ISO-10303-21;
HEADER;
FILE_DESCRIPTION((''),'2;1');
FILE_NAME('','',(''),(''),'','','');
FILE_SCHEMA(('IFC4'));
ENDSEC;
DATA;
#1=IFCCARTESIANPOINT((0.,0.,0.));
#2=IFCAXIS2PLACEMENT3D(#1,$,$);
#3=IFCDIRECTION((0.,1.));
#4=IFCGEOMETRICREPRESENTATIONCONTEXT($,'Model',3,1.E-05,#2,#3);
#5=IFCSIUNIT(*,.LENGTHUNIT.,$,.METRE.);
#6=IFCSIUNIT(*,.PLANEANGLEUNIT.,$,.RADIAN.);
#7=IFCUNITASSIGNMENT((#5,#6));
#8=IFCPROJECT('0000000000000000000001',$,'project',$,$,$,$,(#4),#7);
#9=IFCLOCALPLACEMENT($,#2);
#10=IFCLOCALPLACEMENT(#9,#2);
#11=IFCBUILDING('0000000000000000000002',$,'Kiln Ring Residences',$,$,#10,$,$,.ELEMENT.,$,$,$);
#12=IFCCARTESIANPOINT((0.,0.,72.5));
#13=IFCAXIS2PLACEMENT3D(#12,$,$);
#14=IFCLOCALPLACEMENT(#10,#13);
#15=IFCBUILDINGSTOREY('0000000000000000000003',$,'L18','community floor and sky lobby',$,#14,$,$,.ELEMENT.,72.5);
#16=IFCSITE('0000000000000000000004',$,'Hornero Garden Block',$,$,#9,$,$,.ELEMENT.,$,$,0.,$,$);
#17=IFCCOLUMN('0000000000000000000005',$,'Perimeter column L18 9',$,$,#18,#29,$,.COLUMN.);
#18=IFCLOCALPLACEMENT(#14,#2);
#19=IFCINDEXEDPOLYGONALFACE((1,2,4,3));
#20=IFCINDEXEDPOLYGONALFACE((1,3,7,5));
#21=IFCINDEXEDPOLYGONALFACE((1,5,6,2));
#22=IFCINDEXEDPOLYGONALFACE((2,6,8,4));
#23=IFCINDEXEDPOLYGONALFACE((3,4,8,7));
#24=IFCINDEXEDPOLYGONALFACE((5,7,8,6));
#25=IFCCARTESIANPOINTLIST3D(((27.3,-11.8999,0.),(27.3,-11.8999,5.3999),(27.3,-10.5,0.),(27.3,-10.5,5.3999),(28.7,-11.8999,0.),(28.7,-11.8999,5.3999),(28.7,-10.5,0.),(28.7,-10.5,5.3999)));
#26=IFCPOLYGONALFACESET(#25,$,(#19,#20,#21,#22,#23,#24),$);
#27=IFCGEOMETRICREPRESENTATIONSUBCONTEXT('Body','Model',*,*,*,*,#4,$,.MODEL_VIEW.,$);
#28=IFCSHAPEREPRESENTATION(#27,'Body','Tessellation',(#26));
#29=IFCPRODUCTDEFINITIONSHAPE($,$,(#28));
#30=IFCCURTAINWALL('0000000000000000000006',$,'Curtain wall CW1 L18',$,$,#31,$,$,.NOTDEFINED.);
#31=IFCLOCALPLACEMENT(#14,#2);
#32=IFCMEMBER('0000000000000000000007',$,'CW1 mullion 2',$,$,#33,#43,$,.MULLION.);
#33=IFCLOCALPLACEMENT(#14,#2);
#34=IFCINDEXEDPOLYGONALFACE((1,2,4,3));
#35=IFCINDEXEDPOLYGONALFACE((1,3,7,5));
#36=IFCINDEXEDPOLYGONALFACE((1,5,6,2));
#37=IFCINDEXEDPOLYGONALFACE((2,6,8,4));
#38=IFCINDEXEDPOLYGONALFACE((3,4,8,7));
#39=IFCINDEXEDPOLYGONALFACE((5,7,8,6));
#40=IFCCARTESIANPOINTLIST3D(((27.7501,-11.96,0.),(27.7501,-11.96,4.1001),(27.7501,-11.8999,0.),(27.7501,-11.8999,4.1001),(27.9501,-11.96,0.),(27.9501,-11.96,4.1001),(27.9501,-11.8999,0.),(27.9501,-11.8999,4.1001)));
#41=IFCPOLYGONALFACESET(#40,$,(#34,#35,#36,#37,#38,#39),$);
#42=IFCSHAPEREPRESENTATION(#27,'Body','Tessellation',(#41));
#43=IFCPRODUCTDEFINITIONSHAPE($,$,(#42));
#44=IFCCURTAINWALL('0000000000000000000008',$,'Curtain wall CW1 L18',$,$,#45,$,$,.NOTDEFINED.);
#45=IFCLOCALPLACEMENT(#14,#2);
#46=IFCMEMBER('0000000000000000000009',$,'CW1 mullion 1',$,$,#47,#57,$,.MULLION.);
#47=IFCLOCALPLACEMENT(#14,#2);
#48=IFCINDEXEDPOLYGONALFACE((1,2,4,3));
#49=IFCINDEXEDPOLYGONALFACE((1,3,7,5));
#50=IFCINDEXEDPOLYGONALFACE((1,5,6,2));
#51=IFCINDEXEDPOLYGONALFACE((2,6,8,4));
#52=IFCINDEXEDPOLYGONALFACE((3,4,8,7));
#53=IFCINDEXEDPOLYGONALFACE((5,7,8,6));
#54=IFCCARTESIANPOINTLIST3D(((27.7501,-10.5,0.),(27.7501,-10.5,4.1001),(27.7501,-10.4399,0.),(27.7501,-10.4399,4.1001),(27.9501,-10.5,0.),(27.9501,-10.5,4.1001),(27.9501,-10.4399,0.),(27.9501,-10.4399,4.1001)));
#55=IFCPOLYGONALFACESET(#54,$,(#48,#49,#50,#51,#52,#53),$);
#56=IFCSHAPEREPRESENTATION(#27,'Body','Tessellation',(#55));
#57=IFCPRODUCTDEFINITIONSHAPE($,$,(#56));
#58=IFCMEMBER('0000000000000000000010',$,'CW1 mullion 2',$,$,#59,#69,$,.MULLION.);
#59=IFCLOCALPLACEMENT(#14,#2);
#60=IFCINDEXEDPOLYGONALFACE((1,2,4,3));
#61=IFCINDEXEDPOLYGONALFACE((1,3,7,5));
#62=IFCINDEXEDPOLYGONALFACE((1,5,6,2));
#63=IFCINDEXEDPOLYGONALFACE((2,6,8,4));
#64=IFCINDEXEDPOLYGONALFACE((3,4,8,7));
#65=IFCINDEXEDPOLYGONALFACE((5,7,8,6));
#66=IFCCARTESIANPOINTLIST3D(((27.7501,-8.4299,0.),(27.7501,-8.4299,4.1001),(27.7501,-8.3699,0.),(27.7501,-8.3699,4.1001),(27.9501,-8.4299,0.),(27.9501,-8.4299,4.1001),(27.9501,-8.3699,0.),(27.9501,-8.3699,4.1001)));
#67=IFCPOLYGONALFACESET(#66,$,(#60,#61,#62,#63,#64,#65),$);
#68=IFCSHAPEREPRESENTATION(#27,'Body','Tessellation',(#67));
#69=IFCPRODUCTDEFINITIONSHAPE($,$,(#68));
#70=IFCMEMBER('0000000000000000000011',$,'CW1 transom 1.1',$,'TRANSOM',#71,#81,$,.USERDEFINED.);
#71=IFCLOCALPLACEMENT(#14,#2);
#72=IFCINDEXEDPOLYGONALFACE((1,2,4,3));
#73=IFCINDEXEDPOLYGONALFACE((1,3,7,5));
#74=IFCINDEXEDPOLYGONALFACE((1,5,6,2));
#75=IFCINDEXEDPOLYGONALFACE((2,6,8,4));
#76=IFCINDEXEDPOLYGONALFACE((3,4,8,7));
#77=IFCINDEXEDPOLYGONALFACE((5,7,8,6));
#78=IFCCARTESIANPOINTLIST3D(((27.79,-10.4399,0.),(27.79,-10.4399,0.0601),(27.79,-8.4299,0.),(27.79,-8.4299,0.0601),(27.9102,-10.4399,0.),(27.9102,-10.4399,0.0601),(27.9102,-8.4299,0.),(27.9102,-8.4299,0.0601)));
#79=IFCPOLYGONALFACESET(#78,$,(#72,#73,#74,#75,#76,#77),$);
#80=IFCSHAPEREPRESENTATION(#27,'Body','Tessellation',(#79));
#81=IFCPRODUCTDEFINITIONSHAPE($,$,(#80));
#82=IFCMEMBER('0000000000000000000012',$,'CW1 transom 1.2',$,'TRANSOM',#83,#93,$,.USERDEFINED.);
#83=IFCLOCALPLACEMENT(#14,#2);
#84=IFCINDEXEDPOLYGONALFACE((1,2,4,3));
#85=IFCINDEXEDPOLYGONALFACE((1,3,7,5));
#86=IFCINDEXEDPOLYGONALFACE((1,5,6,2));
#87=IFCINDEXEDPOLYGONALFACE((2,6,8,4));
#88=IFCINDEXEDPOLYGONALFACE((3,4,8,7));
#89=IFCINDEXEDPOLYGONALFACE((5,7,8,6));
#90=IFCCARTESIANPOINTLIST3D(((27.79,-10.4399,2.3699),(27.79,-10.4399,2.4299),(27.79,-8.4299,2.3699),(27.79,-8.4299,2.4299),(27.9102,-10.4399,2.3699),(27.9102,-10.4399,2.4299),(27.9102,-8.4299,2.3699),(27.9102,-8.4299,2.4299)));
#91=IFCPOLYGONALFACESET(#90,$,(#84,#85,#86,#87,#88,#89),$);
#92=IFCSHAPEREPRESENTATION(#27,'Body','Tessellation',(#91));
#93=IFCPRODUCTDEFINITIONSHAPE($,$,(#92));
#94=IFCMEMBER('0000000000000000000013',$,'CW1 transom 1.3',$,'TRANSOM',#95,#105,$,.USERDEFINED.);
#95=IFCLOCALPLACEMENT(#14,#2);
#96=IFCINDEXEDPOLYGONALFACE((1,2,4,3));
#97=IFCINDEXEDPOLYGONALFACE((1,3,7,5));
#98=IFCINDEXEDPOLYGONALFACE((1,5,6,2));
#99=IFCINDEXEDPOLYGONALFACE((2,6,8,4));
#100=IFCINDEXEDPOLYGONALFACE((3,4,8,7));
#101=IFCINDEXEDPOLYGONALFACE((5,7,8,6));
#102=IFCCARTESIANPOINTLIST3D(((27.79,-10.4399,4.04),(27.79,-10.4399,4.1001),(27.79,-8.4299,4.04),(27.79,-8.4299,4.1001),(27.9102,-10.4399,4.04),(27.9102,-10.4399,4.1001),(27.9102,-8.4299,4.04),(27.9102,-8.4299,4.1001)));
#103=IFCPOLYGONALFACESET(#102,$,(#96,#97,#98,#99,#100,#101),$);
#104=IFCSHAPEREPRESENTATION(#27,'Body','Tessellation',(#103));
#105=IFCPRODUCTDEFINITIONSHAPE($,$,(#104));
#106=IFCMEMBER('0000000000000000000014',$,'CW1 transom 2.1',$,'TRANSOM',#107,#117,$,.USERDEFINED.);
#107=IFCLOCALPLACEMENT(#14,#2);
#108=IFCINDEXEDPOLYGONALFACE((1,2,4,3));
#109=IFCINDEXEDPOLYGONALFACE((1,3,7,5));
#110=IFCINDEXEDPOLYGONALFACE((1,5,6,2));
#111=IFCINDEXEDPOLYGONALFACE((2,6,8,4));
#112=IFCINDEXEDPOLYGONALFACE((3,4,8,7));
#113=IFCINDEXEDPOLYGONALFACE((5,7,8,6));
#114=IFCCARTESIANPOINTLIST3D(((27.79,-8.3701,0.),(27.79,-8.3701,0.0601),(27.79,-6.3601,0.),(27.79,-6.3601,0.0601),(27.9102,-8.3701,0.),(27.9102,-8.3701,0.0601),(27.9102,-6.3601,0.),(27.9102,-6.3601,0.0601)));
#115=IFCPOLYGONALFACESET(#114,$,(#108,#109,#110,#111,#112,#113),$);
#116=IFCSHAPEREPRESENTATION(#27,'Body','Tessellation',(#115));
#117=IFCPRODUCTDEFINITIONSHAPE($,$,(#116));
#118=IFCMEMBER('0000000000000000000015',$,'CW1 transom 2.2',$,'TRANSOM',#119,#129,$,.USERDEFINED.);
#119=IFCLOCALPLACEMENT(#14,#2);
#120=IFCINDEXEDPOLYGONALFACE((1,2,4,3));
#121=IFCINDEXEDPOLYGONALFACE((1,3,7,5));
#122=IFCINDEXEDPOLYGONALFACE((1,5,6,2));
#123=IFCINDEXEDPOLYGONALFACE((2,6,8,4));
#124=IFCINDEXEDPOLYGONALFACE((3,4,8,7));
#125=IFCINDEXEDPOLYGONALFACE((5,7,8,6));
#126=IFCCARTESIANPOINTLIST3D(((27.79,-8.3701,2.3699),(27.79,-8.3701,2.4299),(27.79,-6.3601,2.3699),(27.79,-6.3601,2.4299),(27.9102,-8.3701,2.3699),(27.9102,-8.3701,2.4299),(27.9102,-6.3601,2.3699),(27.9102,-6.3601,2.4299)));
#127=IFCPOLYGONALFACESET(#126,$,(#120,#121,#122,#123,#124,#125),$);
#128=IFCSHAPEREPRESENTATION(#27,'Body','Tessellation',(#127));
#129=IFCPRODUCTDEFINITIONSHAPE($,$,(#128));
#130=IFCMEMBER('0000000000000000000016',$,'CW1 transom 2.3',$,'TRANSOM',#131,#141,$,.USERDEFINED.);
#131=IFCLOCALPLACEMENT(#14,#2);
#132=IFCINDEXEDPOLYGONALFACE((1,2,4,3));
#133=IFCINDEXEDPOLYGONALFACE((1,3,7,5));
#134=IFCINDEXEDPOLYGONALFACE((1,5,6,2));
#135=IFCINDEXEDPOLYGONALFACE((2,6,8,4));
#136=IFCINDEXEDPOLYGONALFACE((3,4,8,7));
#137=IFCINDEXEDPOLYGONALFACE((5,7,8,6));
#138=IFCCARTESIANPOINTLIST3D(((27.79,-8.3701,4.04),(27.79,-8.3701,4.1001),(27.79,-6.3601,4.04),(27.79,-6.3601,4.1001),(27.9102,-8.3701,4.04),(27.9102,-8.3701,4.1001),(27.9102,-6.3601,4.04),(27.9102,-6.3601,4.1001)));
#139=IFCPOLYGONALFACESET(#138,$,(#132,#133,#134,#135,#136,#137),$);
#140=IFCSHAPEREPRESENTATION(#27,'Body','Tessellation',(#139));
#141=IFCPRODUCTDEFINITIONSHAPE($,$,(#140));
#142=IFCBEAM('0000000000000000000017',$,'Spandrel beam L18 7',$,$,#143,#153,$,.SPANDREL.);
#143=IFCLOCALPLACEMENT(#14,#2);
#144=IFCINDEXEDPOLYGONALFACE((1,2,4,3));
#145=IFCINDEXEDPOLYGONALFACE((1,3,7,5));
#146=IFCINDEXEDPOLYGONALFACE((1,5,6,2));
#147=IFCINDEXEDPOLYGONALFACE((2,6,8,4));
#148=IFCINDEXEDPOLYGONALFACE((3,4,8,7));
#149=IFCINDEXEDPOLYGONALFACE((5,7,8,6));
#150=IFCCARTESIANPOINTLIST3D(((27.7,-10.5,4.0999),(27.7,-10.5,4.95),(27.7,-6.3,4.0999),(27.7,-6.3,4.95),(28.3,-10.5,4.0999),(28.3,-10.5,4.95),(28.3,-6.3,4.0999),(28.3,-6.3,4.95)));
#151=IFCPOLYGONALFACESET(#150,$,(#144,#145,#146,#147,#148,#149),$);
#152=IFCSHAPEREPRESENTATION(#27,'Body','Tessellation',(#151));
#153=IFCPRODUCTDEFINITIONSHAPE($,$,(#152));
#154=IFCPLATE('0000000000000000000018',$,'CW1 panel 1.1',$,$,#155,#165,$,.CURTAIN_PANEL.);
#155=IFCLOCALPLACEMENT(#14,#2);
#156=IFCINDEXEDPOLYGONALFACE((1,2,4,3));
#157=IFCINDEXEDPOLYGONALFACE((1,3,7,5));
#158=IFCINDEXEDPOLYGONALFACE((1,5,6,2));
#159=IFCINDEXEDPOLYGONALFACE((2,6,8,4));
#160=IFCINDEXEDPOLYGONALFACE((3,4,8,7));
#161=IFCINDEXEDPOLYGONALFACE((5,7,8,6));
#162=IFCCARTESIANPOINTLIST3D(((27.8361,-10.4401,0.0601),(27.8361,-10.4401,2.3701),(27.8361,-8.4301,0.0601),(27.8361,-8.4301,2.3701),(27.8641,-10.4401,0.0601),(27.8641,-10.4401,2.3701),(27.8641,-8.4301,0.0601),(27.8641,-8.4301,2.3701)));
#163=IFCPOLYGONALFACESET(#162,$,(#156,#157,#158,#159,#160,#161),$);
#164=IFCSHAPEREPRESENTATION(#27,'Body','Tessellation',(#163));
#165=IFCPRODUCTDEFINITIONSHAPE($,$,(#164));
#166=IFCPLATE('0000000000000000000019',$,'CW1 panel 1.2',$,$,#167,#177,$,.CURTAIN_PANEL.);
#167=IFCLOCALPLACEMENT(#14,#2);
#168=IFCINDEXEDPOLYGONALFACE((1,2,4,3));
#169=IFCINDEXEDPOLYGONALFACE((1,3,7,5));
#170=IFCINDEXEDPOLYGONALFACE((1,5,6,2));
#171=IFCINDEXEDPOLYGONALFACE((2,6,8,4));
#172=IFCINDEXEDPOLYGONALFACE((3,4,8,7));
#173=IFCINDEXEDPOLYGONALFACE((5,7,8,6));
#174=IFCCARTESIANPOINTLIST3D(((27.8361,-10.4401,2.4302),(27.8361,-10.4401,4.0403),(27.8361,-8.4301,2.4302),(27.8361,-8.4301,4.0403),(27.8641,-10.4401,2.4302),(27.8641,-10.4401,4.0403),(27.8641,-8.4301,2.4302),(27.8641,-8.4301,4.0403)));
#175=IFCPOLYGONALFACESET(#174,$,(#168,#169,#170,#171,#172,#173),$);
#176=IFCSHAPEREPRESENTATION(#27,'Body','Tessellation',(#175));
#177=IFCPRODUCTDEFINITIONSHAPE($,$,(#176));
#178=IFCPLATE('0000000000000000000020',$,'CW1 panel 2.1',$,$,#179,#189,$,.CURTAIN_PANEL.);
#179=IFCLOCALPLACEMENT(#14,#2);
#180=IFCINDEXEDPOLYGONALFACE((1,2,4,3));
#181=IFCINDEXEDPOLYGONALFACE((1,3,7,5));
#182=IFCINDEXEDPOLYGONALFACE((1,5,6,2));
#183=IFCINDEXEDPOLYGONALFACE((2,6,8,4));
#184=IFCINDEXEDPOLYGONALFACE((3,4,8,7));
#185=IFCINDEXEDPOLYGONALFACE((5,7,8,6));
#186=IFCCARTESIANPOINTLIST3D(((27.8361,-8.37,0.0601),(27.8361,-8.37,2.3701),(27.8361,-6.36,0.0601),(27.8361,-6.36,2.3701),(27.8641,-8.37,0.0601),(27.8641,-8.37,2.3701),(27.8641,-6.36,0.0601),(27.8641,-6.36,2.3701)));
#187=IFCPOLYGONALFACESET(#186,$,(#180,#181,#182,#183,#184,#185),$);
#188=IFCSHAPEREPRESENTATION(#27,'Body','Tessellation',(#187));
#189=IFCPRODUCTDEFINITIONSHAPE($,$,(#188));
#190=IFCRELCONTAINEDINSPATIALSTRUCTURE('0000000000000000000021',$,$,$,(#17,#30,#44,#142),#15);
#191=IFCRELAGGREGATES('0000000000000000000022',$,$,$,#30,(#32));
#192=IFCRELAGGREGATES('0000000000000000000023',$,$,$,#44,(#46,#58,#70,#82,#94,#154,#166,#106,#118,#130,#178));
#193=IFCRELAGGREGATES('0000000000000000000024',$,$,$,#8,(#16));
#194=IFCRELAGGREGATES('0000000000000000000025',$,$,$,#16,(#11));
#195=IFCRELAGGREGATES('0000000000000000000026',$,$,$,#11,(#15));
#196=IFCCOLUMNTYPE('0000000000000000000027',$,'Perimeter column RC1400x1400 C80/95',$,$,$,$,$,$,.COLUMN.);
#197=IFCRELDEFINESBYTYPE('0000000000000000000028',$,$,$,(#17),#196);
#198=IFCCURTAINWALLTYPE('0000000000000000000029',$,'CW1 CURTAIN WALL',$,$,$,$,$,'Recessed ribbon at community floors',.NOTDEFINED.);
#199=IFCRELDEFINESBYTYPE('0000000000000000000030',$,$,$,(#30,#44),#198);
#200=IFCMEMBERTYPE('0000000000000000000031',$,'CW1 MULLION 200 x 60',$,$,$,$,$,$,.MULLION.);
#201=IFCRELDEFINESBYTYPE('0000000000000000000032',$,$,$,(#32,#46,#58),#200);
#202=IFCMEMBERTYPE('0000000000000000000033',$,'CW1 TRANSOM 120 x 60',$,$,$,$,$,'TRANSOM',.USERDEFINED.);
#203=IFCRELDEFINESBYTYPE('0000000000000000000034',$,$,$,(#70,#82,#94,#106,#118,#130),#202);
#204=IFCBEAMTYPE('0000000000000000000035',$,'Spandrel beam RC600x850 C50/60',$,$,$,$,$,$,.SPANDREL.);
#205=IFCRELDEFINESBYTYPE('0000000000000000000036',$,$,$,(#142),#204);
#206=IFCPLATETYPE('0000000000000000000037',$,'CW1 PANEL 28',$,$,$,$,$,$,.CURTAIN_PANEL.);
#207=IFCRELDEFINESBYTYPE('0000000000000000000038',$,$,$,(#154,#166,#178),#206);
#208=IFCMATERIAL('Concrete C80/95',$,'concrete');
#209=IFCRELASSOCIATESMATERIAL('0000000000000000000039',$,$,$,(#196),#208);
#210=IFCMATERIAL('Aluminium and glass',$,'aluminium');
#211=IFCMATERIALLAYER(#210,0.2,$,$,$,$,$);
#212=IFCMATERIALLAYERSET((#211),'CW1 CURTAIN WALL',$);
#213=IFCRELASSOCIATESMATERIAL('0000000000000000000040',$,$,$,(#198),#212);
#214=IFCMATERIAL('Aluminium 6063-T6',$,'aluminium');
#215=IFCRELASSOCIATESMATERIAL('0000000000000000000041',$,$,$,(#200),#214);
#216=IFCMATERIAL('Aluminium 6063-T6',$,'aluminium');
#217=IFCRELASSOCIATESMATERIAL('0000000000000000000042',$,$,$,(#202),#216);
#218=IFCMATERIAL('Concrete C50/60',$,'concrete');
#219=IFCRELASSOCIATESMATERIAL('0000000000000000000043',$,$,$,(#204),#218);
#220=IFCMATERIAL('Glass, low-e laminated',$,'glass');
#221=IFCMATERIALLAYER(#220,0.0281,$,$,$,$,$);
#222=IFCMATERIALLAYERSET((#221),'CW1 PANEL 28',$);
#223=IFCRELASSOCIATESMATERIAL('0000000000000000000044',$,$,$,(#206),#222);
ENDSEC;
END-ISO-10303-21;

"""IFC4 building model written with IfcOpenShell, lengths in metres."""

from ifc_helpers import new_model, si_unit, direction, frame, origin, origin_2d, place, context, subcontext, project, spatial, rectangle, extrude, material, layer, layer_set, material_profile, profile_set, type_object, element, aggregate, save


model = new_model("IFC4")

# Units and contexts
model_context = context("Model", 3, precision=1e-05, world=origin(), true_north=direction((0.0, 1.0)))
body_context = subcontext(model_context, "Body", "Model", "MODEL_VIEW")
ifc_project = project(units=[si_unit("LENGTHUNIT", "METRE"), si_unit("PLANEANGLEUNIT", "RADIAN")], contexts=[model_context])

# Site, building, storey
site_placement = place(None, origin())
site = spatial("IfcSite", under=ifc_project, at=site_placement, Name="Hornero Garden Block", CompositionType="ELEMENT", RefElevation=0.0)
building_placement = place(site_placement, origin())
building = spatial("IfcBuilding", under=site, at=building_placement, Name="Kiln Ring Residences", CompositionType="ELEMENT")
storey_placement = place(building_placement, frame((0.0, 0.0, 72.5)))
storey = spatial("IfcBuildingStorey", under=building, at=storey_placement, Name="L18", Description="community floor and sky lobby", CompositionType="ELEMENT", Elevation=72.5)

# Column
ifc_material_1 = material(Name="Concrete C80/95", Category="concrete")
ifc_material_profile_1 = material_profile(ifc_material_1, rectangle(XDim=1.3999, YDim=1.3999, at=origin_2d()), Name="RC1400x1400")
ifc_profile_set_1 = profile_set([ifc_material_profile_1], Name="Concrete C80/95")
column_type = type_object("IfcColumnType", Name="Perimeter column RC1400x1400 C80/95", PredefinedType="COLUMN", material=ifc_profile_set_1)
column_placement = place(storey_placement, frame((28.0, -11.2, 0.0), z_axis=(0.0, 0.0, 1.0), x_axis=(1.0, 0.0, 0.0)))
element("IfcColumn", 1, at=column_placement, inside=storey, type_object=column_type, Name="Perimeter column L18 9", PredefinedType="COLUMN", context=body_context, shape_type="SweptSolid", body=[
    extrude(rectangle(XDim=1.3999, YDim=1.3999, at=origin_2d()), origin(), (0.0, 0.0, 1.0), 5.3999),
])

# Curtain wall, member
ifc_material_2 = material(Name="Aluminium and glass", Category="aluminium")
ifc_layer_1 = layer(ifc_material_2, 0.2)
ifc_layer_set_1 = layer_set([ifc_layer_1], Name="CW1 CURTAIN WALL")
curtain_wall_type = type_object("IfcCurtainWallType", Name="CW1 CURTAIN WALL", ElementType="Recessed ribbon at community floors", PredefinedType="NOTDEFINED", material=ifc_layer_set_1)
placement = place(storey_placement, origin())
curtain_wall_1 = element("IfcCurtainWall", 2, at=placement, inside=storey, type_object=curtain_wall_type, Name="Curtain wall CW1 L18", PredefinedType="NOTDEFINED")
ifc_material_3 = material(Name="Aluminium 6063-T6", Category="aluminium")
ifc_material_profile_2 = material_profile(ifc_material_3, rectangle(XDim=0.2, YDim=0.0601, at=origin_2d()), Name="AL 200x60")
ifc_profile_set_2 = profile_set([ifc_material_profile_2], Name="Aluminium 6063-T6")
member_type_1 = type_object("IfcMemberType", Name="CW1 MULLION 200 x 60", PredefinedType="MULLION", material=ifc_profile_set_2)
member_1_placement = place(storey_placement, frame((27.8501, -11.9299, 0.0), z_axis=(0.0, 0.0, 1.0), x_axis=(-1.0, 0.0, 0.0)))
member_1 = element("IfcMember", 3, at=member_1_placement, type_object=member_type_1, Name="CW1 mullion 2", PredefinedType="MULLION", context=body_context, shape_type="SweptSolid", body=[
    extrude(rectangle(XDim=0.2, YDim=0.0601, at=origin_2d()), origin(), (0.0, 0.0, 1.0), 4.1001),
])
aggregate(curtain_wall_1, [member_1])

# Curtain wall, members
curtain_wall_2 = element("IfcCurtainWall", 4, at=placement, inside=storey, type_object=curtain_wall_type, Name="Curtain wall CW1 L18", PredefinedType="NOTDEFINED")
member_2_placement = place(storey_placement, frame((27.8501, -10.47, 0.0), z_axis=(0.0, 0.0, 1.0), x_axis=(-1.0, 0.0, 0.0)))
member_2 = element("IfcMember", 5, at=member_2_placement, type_object=member_type_1, Name="CW1 mullion 1", PredefinedType="MULLION", context=body_context, shape_type="SweptSolid", body=[
    extrude(rectangle(XDim=0.2, YDim=0.0601, at=origin_2d()), origin(), (0.0, 0.0, 1.0), 4.1001),
])
member_3_placement = place(storey_placement, frame((27.8501, -8.3999, 0.0), z_axis=(0.0, 0.0, 1.0), x_axis=(-1.0, 0.0, 0.0)))
member_3 = element("IfcMember", 6, at=member_3_placement, type_object=member_type_1, Name="CW1 mullion 2", PredefinedType="MULLION", context=body_context, shape_type="SweptSolid", body=[
    extrude(rectangle(XDim=0.2, YDim=0.0601, at=origin_2d()), origin(), (0.0, 0.0, 1.0), 4.1001),
])
ifc_material_4 = material(Name="Aluminium 6063-T6", Category="aluminium")
ifc_material_profile_3 = material_profile(ifc_material_4, rectangle(XDim=0.1201, YDim=0.0601, at=origin_2d()), Name="AL 120x60")
ifc_profile_set_3 = profile_set([ifc_material_profile_3], Name="Aluminium 6063-T6")
member_type_2 = type_object("IfcMemberType", Name="CW1 TRANSOM 120 x 60", ElementType="TRANSOM", PredefinedType="USERDEFINED", material=ifc_profile_set_3)
member_4_placement = place(storey_placement, frame((27.8501, -10.4399, 0.03), z_axis=(0.0, 1.0, 0.0), x_axis=(-1.0, 0.0, 0.0)))
member_4 = element("IfcMember", 7, at=member_4_placement, type_object=member_type_2, Name="CW1 transom 1.1", ObjectType="TRANSOM", PredefinedType="USERDEFINED", context=body_context, shape_type="SweptSolid", body=[
    extrude(rectangle(XDim=0.1201, YDim=0.0601, at=origin_2d()), origin(), (0.0, 0.0, 1.0), 2.01),
])
member_5_placement = place(storey_placement, frame((27.8501, -10.4399, 2.3999), z_axis=(0.0, 1.0, 0.0), x_axis=(-1.0, 0.0, 0.0)))
member_5 = element("IfcMember", 8, at=member_5_placement, type_object=member_type_2, Name="CW1 transom 1.2", ObjectType="TRANSOM", PredefinedType="USERDEFINED", context=body_context, shape_type="SweptSolid", body=[
    extrude(rectangle(XDim=0.1201, YDim=0.0601, at=origin_2d()), origin(), (0.0, 0.0, 1.0), 2.01),
])
member_6_placement = place(storey_placement, frame((27.8501, -10.4399, 4.0701), z_axis=(0.0, 1.0, 0.0), x_axis=(-1.0, 0.0, 0.0)))
member_6 = element("IfcMember", 9, at=member_6_placement, type_object=member_type_2, Name="CW1 transom 1.3", ObjectType="TRANSOM", PredefinedType="USERDEFINED", context=body_context, shape_type="SweptSolid", body=[
    extrude(rectangle(XDim=0.1201, YDim=0.0601, at=origin_2d()), origin(), (0.0, 0.0, 1.0), 2.01),
])
member_7_placement = place(storey_placement, frame((27.8501, -8.3701, 0.03), z_axis=(0.0, 1.0, 0.0), x_axis=(-1.0, 0.0, 0.0)))
member_7 = element("IfcMember", 10, at=member_7_placement, type_object=member_type_2, Name="CW1 transom 2.1", ObjectType="TRANSOM", PredefinedType="USERDEFINED", context=body_context, shape_type="SweptSolid", body=[
    extrude(rectangle(XDim=0.1201, YDim=0.0601, at=origin_2d()), origin(), (0.0, 0.0, 1.0), 2.01),
])
member_8_placement = place(storey_placement, frame((27.8501, -8.3701, 2.3999), z_axis=(0.0, 1.0, 0.0), x_axis=(-1.0, 0.0, 0.0)))
member_8 = element("IfcMember", 11, at=member_8_placement, type_object=member_type_2, Name="CW1 transom 2.2", ObjectType="TRANSOM", PredefinedType="USERDEFINED", context=body_context, shape_type="SweptSolid", body=[
    extrude(rectangle(XDim=0.1201, YDim=0.0601, at=origin_2d()), origin(), (0.0, 0.0, 1.0), 2.01),
])
member_9_placement = place(storey_placement, frame((27.8501, -8.3701, 4.0701), z_axis=(0.0, 1.0, 0.0), x_axis=(-1.0, 0.0, 0.0)))
member_9 = element("IfcMember", 12, at=member_9_placement, type_object=member_type_2, Name="CW1 transom 2.3", ObjectType="TRANSOM", PredefinedType="USERDEFINED", context=body_context, shape_type="SweptSolid", body=[
    extrude(rectangle(XDim=0.1201, YDim=0.0601, at=origin_2d()), origin(), (0.0, 0.0, 1.0), 2.01),
])

# Beam
ifc_material_5 = material(Name="Concrete C50/60", Category="concrete")
ifc_material_profile_4 = material_profile(ifc_material_5, rectangle(XDim=0.6001, YDim=0.8501, at=origin_2d()), Name="RC600x850")
ifc_profile_set_4 = profile_set([ifc_material_profile_4], Name="Concrete C50/60")
beam_type = type_object("IfcBeamType", Name="Spandrel beam RC600x850 C50/60", PredefinedType="SPANDREL", material=ifc_profile_set_4)
beam_placement = place(storey_placement, frame((28.0, -10.5, 4.5249), z_axis=(0.0, 1.0, 0.0), x_axis=(-1.0, 0.0, 0.0)))
element("IfcBeam", 13, at=beam_placement, inside=storey, type_object=beam_type, Name="Spandrel beam L18 7", PredefinedType="SPANDREL", context=body_context, shape_type="SweptSolid", body=[
    extrude(rectangle(XDim=0.6001, YDim=0.8501, at=origin_2d()), origin(), (0.0, 0.0, 1.0), 4.2),
])

# Plates
ifc_material_6 = material(Name="Glass, low-e laminated", Category="glass")
ifc_layer_2 = layer(ifc_material_6, 0.0281)
ifc_layer_set_2 = layer_set([ifc_layer_2], Name="CW1 PANEL 28")
plate_type = type_object("IfcPlateType", Name="CW1 PANEL 28", PredefinedType="CURTAIN_PANEL", material=ifc_layer_set_2)
plate_1_placement = place(storey_placement, frame((27.8501, -9.4351, 0.0601), z_axis=(0.0, 0.0, 1.0), x_axis=(0.0, 1.0, 0.0)))
plate_1 = element("IfcPlate", 14, at=plate_1_placement, type_object=plate_type, Name="CW1 panel 1.1", PredefinedType="CURTAIN_PANEL", context=body_context, shape_type="SweptSolid", body=[
    extrude(rectangle(XDim=2.01, YDim=0.0281, at=origin_2d()), origin(), (0.0, 0.0, 1.0), 2.3101),
])
plate_2_placement = place(storey_placement, frame((27.8501, -9.4351, 2.4302), z_axis=(0.0, 0.0, 1.0), x_axis=(0.0, 1.0, 0.0)))
plate_2 = element("IfcPlate", 15, at=plate_2_placement, type_object=plate_type, Name="CW1 panel 1.2", PredefinedType="CURTAIN_PANEL", context=body_context, shape_type="SweptSolid", body=[
    extrude(rectangle(XDim=2.01, YDim=0.0281, at=origin_2d()), origin(), (0.0, 0.0, 1.0), 1.6101),
])
plate_3_placement = place(storey_placement, frame((27.8501, -7.365, 0.0601), z_axis=(0.0, 0.0, 1.0), x_axis=(0.0, 1.0, 0.0)))
plate_3 = element("IfcPlate", 16, at=plate_3_placement, type_object=plate_type, Name="CW1 panel 2.1", PredefinedType="CURTAIN_PANEL", context=body_context, shape_type="SweptSolid", body=[
    extrude(rectangle(XDim=2.01, YDim=0.0281, at=origin_2d()), origin(), (0.0, 0.0, 1.0), 2.3101),
])
aggregate(curtain_wall_2, [member_2, member_3, member_4, member_5, member_6, plate_1, plate_2, member_7, member_8, member_9, plate_3])

save(model, "model.ifc")
